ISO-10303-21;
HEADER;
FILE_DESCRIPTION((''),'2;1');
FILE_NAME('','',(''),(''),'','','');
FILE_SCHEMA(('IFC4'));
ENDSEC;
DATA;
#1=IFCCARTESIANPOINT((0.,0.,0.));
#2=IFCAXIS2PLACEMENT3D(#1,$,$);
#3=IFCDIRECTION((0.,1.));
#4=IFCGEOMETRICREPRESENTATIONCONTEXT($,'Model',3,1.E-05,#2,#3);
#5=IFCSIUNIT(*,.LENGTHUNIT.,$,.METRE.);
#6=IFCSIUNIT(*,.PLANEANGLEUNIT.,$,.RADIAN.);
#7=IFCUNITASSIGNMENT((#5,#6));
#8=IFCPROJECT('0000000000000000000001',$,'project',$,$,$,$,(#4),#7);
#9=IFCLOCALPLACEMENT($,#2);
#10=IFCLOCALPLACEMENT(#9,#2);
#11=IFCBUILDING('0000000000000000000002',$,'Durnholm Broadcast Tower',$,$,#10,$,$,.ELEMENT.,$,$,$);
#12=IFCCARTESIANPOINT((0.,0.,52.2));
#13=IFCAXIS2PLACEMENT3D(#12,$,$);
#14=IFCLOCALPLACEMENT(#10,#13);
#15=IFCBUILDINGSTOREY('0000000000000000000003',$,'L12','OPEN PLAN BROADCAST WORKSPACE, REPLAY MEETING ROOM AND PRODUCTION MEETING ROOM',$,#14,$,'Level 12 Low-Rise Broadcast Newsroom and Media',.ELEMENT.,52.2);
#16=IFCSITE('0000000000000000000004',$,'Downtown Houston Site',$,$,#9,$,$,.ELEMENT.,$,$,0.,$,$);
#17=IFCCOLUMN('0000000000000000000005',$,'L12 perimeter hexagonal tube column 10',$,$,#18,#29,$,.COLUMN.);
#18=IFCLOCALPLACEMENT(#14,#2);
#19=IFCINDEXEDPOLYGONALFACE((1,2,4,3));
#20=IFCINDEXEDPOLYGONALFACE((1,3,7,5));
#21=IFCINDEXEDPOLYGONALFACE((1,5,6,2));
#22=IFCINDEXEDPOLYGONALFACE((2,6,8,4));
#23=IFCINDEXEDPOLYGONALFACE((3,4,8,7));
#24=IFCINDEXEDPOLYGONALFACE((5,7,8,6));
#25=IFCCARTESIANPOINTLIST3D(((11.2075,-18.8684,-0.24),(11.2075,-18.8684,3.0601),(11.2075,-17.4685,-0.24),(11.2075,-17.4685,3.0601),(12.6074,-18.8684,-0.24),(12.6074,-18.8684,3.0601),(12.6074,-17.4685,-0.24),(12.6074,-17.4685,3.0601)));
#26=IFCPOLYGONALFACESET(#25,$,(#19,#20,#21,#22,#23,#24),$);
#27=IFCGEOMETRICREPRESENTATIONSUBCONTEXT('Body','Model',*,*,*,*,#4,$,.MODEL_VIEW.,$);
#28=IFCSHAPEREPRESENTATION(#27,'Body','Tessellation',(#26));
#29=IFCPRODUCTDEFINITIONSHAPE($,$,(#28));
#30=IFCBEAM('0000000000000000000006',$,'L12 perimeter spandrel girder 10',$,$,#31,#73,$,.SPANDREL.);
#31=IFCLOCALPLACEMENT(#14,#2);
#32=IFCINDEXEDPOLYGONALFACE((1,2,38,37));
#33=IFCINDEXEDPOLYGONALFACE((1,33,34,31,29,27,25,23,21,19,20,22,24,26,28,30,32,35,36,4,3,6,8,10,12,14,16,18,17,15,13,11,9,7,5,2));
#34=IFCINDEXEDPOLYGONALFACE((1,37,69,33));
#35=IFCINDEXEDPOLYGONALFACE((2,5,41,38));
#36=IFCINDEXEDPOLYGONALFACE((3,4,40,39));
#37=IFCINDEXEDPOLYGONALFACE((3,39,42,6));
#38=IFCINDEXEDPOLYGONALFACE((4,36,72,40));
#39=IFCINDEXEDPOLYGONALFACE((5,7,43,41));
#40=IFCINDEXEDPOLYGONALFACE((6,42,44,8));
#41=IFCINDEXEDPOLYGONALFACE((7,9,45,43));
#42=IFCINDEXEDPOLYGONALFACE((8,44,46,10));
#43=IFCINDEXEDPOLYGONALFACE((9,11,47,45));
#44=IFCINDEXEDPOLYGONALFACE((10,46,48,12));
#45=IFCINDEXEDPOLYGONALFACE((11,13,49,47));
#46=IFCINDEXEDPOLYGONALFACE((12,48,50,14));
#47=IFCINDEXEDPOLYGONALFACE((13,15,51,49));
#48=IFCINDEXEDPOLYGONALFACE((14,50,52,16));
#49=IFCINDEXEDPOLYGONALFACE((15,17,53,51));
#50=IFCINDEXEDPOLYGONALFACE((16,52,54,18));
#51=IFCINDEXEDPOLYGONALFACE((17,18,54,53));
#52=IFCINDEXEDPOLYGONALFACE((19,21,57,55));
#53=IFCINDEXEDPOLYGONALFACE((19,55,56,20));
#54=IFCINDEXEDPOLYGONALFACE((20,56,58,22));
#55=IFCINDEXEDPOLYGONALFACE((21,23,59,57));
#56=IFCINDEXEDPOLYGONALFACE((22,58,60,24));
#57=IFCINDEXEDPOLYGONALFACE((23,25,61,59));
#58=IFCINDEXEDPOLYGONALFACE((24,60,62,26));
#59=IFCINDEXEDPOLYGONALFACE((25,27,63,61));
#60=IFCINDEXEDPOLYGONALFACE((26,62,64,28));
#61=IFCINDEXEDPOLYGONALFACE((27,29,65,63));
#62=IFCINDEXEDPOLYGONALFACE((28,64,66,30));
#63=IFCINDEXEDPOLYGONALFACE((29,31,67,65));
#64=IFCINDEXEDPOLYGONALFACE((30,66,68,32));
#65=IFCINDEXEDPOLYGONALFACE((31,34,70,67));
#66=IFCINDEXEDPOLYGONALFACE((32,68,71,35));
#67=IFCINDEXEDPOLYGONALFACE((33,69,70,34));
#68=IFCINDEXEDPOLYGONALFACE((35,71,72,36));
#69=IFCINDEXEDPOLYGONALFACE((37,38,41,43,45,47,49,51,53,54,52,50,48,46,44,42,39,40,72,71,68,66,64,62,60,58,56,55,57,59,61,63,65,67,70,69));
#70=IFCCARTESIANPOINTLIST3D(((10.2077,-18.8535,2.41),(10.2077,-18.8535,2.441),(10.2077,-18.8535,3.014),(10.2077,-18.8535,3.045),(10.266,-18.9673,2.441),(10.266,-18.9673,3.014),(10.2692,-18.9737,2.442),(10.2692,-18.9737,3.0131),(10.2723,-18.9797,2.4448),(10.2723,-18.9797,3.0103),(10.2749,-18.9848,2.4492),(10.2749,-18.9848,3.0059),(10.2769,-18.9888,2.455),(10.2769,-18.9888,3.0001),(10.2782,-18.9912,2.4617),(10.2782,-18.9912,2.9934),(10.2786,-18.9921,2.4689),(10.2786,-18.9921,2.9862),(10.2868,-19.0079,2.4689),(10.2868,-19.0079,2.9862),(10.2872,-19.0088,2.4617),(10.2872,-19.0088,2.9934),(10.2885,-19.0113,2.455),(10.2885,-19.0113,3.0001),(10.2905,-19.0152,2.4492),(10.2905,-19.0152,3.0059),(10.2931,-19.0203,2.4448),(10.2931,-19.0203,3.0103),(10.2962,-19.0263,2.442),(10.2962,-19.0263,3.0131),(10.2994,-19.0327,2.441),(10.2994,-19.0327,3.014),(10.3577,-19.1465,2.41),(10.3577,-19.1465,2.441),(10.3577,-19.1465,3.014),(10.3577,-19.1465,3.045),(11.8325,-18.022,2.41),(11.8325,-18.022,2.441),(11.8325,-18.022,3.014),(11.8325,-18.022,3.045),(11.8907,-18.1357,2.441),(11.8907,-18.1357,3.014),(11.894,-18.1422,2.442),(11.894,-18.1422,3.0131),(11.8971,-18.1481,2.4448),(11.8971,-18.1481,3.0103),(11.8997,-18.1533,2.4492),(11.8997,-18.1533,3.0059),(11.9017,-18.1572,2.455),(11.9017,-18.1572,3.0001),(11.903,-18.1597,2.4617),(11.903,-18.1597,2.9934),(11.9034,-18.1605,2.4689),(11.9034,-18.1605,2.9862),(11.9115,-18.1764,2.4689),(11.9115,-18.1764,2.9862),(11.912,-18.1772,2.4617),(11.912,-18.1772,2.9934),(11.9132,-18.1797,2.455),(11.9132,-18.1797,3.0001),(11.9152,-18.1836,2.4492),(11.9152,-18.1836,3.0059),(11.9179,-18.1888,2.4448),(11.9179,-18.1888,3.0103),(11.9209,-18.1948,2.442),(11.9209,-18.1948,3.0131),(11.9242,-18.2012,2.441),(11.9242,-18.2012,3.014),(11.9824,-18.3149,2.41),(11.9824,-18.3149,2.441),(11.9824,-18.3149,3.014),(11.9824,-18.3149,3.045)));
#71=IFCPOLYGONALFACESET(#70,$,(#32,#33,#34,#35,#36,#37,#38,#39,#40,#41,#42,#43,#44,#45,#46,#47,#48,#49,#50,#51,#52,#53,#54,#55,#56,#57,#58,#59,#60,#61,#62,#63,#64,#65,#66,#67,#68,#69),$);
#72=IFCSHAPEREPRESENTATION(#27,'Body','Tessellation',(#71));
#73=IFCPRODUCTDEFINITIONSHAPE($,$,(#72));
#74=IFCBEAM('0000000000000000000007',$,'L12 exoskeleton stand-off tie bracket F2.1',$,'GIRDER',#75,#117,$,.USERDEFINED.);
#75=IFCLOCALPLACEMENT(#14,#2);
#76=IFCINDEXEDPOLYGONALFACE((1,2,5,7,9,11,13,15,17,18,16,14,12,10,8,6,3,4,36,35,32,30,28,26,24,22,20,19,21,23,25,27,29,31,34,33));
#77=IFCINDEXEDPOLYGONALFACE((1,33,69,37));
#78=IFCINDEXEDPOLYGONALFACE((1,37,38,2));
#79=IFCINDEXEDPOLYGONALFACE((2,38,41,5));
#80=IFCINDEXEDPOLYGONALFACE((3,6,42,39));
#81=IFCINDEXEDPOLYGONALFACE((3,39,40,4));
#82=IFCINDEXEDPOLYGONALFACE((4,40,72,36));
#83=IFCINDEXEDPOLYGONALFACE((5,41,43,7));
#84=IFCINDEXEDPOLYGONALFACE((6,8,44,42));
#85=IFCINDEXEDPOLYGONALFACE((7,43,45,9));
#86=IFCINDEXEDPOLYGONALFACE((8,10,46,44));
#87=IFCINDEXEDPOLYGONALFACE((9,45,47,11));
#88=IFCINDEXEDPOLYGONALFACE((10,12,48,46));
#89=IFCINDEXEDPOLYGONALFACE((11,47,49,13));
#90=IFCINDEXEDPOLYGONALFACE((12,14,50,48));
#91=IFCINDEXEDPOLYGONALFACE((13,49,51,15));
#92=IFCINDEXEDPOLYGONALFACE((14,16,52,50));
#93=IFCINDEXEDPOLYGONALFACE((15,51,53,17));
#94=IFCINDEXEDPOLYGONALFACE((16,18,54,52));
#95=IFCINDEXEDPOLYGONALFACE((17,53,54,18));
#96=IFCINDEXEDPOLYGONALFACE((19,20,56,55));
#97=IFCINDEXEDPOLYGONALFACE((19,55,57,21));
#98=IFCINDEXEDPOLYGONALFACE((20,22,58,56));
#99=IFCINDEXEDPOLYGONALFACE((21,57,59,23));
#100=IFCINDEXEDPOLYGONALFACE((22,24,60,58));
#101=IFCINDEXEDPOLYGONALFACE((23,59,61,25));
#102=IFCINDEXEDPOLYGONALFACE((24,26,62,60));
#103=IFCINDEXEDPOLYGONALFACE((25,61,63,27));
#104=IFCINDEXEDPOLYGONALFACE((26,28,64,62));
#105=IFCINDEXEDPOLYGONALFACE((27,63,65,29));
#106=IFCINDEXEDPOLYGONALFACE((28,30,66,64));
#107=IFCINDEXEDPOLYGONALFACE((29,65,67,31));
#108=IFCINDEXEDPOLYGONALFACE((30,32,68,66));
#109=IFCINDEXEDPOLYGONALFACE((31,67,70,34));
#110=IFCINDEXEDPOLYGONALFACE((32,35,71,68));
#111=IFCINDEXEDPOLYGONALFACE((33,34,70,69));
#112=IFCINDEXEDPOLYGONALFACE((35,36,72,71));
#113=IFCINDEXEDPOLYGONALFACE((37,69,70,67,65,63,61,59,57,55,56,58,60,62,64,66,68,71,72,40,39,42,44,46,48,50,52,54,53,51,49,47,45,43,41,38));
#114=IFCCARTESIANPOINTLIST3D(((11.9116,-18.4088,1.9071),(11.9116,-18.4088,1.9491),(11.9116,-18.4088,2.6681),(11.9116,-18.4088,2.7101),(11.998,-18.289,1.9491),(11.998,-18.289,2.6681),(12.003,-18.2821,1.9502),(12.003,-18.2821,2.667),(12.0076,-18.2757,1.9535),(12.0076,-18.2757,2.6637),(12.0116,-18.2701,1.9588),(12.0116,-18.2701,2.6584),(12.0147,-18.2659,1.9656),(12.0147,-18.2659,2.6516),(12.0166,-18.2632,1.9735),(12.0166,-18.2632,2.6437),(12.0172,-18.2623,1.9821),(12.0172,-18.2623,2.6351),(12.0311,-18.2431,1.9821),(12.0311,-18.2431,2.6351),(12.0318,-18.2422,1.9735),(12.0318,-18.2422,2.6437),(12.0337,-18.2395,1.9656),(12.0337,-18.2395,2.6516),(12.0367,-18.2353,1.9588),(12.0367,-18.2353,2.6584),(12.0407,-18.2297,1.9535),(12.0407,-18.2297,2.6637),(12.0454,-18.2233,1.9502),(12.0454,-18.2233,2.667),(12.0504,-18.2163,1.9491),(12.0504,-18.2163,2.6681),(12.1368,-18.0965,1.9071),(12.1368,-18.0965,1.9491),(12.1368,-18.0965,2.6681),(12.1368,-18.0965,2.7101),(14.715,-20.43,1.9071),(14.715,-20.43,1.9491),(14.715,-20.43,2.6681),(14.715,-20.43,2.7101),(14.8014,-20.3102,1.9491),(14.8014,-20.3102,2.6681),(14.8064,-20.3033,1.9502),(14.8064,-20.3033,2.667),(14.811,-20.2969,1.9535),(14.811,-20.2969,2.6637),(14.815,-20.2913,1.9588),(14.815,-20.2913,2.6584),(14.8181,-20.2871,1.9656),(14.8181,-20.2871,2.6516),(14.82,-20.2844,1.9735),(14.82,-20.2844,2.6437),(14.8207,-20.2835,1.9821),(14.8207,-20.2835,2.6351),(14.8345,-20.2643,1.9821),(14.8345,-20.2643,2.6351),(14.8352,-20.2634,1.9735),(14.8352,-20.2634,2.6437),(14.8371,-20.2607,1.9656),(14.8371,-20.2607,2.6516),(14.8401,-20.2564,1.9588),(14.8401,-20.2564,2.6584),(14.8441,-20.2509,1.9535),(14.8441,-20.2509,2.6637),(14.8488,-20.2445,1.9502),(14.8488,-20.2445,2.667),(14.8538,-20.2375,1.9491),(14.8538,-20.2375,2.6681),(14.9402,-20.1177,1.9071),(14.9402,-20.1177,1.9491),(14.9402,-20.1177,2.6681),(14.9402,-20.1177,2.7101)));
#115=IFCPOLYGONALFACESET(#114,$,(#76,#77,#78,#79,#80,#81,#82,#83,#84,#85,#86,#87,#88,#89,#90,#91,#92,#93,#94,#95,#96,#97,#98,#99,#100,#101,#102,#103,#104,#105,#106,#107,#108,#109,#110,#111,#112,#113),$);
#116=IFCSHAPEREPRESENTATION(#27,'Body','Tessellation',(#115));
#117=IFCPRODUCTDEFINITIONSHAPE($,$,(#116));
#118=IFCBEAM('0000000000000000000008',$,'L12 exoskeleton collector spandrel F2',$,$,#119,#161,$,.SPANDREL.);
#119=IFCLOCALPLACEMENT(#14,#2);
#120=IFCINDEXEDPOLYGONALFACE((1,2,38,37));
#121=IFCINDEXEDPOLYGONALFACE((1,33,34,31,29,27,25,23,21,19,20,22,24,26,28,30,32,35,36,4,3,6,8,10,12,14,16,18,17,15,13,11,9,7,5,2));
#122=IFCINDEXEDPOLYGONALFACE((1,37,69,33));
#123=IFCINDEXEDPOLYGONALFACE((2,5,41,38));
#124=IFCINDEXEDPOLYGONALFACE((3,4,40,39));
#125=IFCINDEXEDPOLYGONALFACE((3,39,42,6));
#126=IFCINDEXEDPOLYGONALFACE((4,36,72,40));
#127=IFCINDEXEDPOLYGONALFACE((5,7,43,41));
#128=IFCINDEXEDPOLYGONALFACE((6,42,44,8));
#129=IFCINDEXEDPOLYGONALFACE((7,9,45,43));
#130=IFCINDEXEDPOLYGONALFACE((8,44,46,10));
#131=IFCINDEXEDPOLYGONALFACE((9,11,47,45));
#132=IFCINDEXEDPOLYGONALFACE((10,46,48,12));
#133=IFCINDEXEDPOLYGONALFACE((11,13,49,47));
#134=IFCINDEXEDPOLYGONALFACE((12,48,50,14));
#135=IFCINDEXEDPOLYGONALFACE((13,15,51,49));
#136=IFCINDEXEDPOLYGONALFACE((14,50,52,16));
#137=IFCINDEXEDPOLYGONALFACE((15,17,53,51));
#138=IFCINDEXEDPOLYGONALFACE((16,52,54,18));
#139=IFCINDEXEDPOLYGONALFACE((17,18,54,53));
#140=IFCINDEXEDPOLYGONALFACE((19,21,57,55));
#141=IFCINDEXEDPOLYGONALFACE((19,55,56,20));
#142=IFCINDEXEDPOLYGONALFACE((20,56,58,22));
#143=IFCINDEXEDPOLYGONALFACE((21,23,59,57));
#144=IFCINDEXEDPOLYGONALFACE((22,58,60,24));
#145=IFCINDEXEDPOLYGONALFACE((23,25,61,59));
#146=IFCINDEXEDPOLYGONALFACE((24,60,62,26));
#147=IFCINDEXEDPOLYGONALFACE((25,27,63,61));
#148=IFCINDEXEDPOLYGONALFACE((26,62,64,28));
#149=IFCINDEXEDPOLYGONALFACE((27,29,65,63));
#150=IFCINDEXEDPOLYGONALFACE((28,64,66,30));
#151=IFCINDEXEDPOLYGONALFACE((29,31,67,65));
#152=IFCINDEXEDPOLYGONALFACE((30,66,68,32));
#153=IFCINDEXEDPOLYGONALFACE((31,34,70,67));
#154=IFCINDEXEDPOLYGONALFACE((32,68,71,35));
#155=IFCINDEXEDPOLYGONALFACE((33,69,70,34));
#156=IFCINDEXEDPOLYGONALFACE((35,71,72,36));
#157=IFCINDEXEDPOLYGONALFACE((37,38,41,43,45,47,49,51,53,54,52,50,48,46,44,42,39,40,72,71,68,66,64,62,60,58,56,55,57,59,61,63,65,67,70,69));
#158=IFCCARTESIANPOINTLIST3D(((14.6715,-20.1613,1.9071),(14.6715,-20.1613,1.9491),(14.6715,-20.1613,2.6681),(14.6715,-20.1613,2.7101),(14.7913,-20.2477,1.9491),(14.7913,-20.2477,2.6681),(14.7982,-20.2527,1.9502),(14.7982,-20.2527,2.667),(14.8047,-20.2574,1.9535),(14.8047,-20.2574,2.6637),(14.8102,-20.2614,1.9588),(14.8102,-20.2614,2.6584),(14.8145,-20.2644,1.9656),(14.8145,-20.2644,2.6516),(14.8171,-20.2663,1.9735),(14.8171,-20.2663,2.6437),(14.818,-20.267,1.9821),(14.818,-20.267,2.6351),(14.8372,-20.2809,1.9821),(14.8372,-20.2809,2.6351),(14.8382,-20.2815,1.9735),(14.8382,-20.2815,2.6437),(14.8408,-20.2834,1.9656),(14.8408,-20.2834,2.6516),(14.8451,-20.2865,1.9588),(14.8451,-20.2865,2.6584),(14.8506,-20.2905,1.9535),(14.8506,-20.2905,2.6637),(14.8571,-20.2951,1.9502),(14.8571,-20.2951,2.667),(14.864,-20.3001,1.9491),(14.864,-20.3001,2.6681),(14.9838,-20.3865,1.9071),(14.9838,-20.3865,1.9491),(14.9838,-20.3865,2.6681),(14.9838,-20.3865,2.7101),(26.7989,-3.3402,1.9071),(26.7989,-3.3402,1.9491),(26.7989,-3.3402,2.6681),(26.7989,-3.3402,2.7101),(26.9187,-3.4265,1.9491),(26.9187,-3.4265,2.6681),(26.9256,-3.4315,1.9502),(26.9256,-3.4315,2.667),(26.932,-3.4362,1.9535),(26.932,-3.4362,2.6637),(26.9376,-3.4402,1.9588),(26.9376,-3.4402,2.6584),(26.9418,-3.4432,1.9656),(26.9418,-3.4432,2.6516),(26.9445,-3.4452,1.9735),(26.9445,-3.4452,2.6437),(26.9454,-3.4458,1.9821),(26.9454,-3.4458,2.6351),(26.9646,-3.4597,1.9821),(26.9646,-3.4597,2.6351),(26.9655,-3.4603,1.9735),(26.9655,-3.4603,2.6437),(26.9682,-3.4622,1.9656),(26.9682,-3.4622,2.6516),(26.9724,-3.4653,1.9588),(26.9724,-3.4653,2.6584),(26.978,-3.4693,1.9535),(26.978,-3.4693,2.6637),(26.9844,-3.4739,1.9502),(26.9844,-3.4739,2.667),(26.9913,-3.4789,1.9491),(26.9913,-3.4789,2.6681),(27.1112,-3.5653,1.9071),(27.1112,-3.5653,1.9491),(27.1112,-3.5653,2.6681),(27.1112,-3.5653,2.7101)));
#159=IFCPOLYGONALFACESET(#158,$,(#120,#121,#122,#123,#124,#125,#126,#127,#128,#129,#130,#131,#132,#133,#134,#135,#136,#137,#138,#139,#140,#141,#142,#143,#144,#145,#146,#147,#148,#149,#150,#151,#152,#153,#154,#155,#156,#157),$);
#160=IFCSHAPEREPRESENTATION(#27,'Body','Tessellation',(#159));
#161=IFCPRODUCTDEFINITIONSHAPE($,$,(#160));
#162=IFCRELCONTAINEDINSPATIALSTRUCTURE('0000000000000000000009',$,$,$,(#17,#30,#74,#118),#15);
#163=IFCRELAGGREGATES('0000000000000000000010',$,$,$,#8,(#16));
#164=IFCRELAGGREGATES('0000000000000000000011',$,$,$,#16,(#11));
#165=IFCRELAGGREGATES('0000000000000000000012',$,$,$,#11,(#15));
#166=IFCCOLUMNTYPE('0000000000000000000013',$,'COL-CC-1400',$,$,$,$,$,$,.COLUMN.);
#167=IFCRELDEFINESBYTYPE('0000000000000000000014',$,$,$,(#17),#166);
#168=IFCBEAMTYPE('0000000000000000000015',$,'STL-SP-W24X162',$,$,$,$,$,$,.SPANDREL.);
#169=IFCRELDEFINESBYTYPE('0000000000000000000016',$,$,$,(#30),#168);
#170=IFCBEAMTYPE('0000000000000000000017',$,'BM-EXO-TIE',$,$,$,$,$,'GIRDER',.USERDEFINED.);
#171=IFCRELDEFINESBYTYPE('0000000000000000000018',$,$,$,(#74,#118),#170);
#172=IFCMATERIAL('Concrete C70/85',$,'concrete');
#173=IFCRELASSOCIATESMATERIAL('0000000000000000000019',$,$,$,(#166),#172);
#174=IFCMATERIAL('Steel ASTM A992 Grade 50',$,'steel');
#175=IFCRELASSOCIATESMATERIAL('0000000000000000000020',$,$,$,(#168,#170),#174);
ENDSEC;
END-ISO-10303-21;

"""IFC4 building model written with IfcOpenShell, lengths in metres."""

from ifc_helpers import new_model, si_unit, direction, frame, origin, origin_2d, place, context, subcontext, project, spatial, rectangle, i_section, extrude, source, transform, mapped, material, material_profile, profile_set, type_object, type_shapes, element, save


model = new_model("IFC4")

# Units and contexts
model_context = context("Model", 3, precision=1e-05, world=origin(), true_north=direction((0.0, 1.0)))
body_context = subcontext(model_context, "Body", "Model", "MODEL_VIEW")
ifc_project = project(units=[si_unit("LENGTHUNIT", "METRE"), si_unit("PLANEANGLEUNIT", "RADIAN")], contexts=[model_context])

# Site, building, storey
site_placement = place(None, origin())
site = spatial("IfcSite", under=ifc_project, at=site_placement, Name="Downtown Houston Site", CompositionType="ELEMENT", RefElevation=0.0)
building_placement = place(site_placement, origin())
building = spatial("IfcBuilding", under=site, at=building_placement, Name="Durnholm Broadcast Tower", CompositionType="ELEMENT")
storey_placement = place(building_placement, frame((0.0, 0.0, 52.2)))
storey = spatial("IfcBuildingStorey", under=building, at=storey_placement, Name="L12", Description="OPEN PLAN BROADCAST WORKSPACE, REPLAY MEETING ROOM AND PRODUCTION MEETING ROOM", LongName="Level 12 Low-Rise Broadcast Newsroom and Media", CompositionType="ELEMENT", Elevation=52.2)

# Column
ifc_material_1 = material(Name="Concrete C70/85", Category="concrete")
ifc_material_profile_1 = material_profile(ifc_material_1, rectangle(XDim=1.3999, YDim=1.3999, at=origin_2d()), Name="RC1400X1400")
ifc_profile_set_1 = profile_set([ifc_material_profile_1], Name="Concrete C70/85")
column_type = type_object("IfcColumnType", Name="COL-CC-1400", PredefinedType="COLUMN", material=ifc_profile_set_1)
shared_shape_1 = source(origin(), body_context, "Body", "SweptSolid", [
    extrude(rectangle(XDim=1.3999, YDim=1.3999, at=origin_2d()), origin(), (0.0, 0.0, 1.0), 3.3),
])
type_shapes(column_type, [shared_shape_1])
column_placement = place(storey_placement, frame((11.9075, -18.1685, -0.24), z_axis=(0.0, 0.0, 1.0), x_axis=(1.0, 0.0, 0.0)))
element("IfcColumn", 1, at=column_placement, inside=storey, type_object=column_type, Name="L12 perimeter hexagonal tube column 10", PredefinedType="COLUMN", context=body_context, shape_type="MappedRepresentation", body=[
    mapped(shared_shape_1, transform((0.0, 0.0, 0.0), x_axis=(1.0, 0.0, 0.0), y_axis=(0.0, 1.0, 0.0), z_axis=(0.0, 0.0, 1.0), scale=1.0)),
])

# Beams
ifc_material_2 = material(Name="Steel ASTM A992 Grade 50", Category="steel")
ifc_material_profile_2 = material_profile(ifc_material_2, i_section(OverallWidth=0.3291, OverallDepth=0.635, WebThickness=0.0178, FlangeThickness=0.031, FilletRadius=0.0278, at=origin_2d()), Name="W24X162")
ifc_profile_set_2 = profile_set([ifc_material_profile_2], Name="Steel ASTM A992 Grade 50")
beam_type_1 = type_object("IfcBeamType", Name="STL-SP-W24X162", PredefinedType="SPANDREL", material=ifc_profile_set_2)
shared_shape_2 = source(origin(), body_context, "Body", "SweptSolid", [
    extrude(i_section(OverallWidth=0.3291, OverallDepth=0.635, WebThickness=0.0178, FlangeThickness=0.031, FilletRadius=0.0278, at=origin_2d()), origin(), (0.0, 0.0, 1.0), 1.8252),
])
type_shapes(beam_type_1, [shared_shape_2])
beam_1_placement = place(storey_placement, frame((11.9075, -18.1685, 2.7275), z_axis=(-0.890188, -0.455594, 0.0), x_axis=(0.455594, -0.890188, 0.0)))
element("IfcBeam", 2, at=beam_1_placement, inside=storey, type_object=beam_type_1, Name="L12 perimeter spandrel girder 10", PredefinedType="SPANDREL", context=body_context, shape_type="MappedRepresentation", body=[
    mapped(shared_shape_2, transform((0.0, 0.0, 0.0), x_axis=(1.0, 0.0, 0.0), y_axis=(0.0, 1.0, 0.0), z_axis=(0.0, 0.0, 1.0), scale=1.0)),
])
ifc_material_profile_3 = material_profile(ifc_material_2, i_section(OverallWidth=0.385, OverallDepth=0.803, WebThickness=0.0237, FlangeThickness=0.042, FilletRadius=0.033, at=origin_2d()), Name="W30X261")
ifc_profile_set_3 = profile_set([ifc_material_profile_3], Name="Steel ASTM A992 Grade 50")
beam_type_2 = type_object("IfcBeamType", Name="BM-EXO-TIE", ElementType="GIRDER", PredefinedType="USERDEFINED", material=ifc_profile_set_3)
shared_shape_3 = source(origin(), body_context, "Body", "SweptSolid", [
    extrude(i_section(OverallWidth=0.385, OverallDepth=0.803, WebThickness=0.0237, FlangeThickness=0.042, FilletRadius=0.033, at=origin_2d()), origin(), (0.0, 0.0, 1.0), 3.4561),
])
beam_2_placement = place(storey_placement, frame((12.0242, -18.2527, 2.3086), z_axis=(0.811158, -0.584828, 0.0), x_axis=(0.584828, 0.811158, 0.0)))
element("IfcBeam", 3, at=beam_2_placement, inside=storey, type_object=beam_type_2, Name="L12 exoskeleton stand-off tie bracket F2.1", ObjectType="GIRDER", PredefinedType="USERDEFINED", context=body_context, shape_type="MappedRepresentation", body=[
    mapped(shared_shape_3, transform((0.0, 0.0, 0.0), x_axis=(1.0, 0.0, 0.0), y_axis=(0.0, 1.0, 0.0), z_axis=(0.0, 0.0, 1.0), scale=1.0)),
])
shared_shape_4 = source(origin(), body_context, "Body", "SweptSolid", [
    extrude(i_section(OverallWidth=0.385, OverallDepth=0.803, WebThickness=0.0237, FlangeThickness=0.042, FilletRadius=0.033, at=origin_2d()), origin(), (0.0, 0.0, 1.0), 20.7371),
])
type_shapes(beam_type_2, [shared_shape_3, shared_shape_4])
beam_3_placement = place(storey_placement, frame((14.8276, -20.2739, 2.3086), z_axis=(0.584816, 0.811166, 0.0), x_axis=(-0.811166, 0.584816, 0.0)))
element("IfcBeam", 4, at=beam_3_placement, inside=storey, type_object=beam_type_2, Name="L12 exoskeleton collector spandrel F2", PredefinedType="SPANDREL", context=body_context, shape_type="MappedRepresentation", body=[
    mapped(shared_shape_4, transform((0.0, 0.0, 0.0), x_axis=(1.0, 0.0, 0.0), y_axis=(0.0, 1.0, 0.0), z_axis=(0.0, 0.0, 1.0), scale=1.0)),
])

save(model, "model.ifc")
